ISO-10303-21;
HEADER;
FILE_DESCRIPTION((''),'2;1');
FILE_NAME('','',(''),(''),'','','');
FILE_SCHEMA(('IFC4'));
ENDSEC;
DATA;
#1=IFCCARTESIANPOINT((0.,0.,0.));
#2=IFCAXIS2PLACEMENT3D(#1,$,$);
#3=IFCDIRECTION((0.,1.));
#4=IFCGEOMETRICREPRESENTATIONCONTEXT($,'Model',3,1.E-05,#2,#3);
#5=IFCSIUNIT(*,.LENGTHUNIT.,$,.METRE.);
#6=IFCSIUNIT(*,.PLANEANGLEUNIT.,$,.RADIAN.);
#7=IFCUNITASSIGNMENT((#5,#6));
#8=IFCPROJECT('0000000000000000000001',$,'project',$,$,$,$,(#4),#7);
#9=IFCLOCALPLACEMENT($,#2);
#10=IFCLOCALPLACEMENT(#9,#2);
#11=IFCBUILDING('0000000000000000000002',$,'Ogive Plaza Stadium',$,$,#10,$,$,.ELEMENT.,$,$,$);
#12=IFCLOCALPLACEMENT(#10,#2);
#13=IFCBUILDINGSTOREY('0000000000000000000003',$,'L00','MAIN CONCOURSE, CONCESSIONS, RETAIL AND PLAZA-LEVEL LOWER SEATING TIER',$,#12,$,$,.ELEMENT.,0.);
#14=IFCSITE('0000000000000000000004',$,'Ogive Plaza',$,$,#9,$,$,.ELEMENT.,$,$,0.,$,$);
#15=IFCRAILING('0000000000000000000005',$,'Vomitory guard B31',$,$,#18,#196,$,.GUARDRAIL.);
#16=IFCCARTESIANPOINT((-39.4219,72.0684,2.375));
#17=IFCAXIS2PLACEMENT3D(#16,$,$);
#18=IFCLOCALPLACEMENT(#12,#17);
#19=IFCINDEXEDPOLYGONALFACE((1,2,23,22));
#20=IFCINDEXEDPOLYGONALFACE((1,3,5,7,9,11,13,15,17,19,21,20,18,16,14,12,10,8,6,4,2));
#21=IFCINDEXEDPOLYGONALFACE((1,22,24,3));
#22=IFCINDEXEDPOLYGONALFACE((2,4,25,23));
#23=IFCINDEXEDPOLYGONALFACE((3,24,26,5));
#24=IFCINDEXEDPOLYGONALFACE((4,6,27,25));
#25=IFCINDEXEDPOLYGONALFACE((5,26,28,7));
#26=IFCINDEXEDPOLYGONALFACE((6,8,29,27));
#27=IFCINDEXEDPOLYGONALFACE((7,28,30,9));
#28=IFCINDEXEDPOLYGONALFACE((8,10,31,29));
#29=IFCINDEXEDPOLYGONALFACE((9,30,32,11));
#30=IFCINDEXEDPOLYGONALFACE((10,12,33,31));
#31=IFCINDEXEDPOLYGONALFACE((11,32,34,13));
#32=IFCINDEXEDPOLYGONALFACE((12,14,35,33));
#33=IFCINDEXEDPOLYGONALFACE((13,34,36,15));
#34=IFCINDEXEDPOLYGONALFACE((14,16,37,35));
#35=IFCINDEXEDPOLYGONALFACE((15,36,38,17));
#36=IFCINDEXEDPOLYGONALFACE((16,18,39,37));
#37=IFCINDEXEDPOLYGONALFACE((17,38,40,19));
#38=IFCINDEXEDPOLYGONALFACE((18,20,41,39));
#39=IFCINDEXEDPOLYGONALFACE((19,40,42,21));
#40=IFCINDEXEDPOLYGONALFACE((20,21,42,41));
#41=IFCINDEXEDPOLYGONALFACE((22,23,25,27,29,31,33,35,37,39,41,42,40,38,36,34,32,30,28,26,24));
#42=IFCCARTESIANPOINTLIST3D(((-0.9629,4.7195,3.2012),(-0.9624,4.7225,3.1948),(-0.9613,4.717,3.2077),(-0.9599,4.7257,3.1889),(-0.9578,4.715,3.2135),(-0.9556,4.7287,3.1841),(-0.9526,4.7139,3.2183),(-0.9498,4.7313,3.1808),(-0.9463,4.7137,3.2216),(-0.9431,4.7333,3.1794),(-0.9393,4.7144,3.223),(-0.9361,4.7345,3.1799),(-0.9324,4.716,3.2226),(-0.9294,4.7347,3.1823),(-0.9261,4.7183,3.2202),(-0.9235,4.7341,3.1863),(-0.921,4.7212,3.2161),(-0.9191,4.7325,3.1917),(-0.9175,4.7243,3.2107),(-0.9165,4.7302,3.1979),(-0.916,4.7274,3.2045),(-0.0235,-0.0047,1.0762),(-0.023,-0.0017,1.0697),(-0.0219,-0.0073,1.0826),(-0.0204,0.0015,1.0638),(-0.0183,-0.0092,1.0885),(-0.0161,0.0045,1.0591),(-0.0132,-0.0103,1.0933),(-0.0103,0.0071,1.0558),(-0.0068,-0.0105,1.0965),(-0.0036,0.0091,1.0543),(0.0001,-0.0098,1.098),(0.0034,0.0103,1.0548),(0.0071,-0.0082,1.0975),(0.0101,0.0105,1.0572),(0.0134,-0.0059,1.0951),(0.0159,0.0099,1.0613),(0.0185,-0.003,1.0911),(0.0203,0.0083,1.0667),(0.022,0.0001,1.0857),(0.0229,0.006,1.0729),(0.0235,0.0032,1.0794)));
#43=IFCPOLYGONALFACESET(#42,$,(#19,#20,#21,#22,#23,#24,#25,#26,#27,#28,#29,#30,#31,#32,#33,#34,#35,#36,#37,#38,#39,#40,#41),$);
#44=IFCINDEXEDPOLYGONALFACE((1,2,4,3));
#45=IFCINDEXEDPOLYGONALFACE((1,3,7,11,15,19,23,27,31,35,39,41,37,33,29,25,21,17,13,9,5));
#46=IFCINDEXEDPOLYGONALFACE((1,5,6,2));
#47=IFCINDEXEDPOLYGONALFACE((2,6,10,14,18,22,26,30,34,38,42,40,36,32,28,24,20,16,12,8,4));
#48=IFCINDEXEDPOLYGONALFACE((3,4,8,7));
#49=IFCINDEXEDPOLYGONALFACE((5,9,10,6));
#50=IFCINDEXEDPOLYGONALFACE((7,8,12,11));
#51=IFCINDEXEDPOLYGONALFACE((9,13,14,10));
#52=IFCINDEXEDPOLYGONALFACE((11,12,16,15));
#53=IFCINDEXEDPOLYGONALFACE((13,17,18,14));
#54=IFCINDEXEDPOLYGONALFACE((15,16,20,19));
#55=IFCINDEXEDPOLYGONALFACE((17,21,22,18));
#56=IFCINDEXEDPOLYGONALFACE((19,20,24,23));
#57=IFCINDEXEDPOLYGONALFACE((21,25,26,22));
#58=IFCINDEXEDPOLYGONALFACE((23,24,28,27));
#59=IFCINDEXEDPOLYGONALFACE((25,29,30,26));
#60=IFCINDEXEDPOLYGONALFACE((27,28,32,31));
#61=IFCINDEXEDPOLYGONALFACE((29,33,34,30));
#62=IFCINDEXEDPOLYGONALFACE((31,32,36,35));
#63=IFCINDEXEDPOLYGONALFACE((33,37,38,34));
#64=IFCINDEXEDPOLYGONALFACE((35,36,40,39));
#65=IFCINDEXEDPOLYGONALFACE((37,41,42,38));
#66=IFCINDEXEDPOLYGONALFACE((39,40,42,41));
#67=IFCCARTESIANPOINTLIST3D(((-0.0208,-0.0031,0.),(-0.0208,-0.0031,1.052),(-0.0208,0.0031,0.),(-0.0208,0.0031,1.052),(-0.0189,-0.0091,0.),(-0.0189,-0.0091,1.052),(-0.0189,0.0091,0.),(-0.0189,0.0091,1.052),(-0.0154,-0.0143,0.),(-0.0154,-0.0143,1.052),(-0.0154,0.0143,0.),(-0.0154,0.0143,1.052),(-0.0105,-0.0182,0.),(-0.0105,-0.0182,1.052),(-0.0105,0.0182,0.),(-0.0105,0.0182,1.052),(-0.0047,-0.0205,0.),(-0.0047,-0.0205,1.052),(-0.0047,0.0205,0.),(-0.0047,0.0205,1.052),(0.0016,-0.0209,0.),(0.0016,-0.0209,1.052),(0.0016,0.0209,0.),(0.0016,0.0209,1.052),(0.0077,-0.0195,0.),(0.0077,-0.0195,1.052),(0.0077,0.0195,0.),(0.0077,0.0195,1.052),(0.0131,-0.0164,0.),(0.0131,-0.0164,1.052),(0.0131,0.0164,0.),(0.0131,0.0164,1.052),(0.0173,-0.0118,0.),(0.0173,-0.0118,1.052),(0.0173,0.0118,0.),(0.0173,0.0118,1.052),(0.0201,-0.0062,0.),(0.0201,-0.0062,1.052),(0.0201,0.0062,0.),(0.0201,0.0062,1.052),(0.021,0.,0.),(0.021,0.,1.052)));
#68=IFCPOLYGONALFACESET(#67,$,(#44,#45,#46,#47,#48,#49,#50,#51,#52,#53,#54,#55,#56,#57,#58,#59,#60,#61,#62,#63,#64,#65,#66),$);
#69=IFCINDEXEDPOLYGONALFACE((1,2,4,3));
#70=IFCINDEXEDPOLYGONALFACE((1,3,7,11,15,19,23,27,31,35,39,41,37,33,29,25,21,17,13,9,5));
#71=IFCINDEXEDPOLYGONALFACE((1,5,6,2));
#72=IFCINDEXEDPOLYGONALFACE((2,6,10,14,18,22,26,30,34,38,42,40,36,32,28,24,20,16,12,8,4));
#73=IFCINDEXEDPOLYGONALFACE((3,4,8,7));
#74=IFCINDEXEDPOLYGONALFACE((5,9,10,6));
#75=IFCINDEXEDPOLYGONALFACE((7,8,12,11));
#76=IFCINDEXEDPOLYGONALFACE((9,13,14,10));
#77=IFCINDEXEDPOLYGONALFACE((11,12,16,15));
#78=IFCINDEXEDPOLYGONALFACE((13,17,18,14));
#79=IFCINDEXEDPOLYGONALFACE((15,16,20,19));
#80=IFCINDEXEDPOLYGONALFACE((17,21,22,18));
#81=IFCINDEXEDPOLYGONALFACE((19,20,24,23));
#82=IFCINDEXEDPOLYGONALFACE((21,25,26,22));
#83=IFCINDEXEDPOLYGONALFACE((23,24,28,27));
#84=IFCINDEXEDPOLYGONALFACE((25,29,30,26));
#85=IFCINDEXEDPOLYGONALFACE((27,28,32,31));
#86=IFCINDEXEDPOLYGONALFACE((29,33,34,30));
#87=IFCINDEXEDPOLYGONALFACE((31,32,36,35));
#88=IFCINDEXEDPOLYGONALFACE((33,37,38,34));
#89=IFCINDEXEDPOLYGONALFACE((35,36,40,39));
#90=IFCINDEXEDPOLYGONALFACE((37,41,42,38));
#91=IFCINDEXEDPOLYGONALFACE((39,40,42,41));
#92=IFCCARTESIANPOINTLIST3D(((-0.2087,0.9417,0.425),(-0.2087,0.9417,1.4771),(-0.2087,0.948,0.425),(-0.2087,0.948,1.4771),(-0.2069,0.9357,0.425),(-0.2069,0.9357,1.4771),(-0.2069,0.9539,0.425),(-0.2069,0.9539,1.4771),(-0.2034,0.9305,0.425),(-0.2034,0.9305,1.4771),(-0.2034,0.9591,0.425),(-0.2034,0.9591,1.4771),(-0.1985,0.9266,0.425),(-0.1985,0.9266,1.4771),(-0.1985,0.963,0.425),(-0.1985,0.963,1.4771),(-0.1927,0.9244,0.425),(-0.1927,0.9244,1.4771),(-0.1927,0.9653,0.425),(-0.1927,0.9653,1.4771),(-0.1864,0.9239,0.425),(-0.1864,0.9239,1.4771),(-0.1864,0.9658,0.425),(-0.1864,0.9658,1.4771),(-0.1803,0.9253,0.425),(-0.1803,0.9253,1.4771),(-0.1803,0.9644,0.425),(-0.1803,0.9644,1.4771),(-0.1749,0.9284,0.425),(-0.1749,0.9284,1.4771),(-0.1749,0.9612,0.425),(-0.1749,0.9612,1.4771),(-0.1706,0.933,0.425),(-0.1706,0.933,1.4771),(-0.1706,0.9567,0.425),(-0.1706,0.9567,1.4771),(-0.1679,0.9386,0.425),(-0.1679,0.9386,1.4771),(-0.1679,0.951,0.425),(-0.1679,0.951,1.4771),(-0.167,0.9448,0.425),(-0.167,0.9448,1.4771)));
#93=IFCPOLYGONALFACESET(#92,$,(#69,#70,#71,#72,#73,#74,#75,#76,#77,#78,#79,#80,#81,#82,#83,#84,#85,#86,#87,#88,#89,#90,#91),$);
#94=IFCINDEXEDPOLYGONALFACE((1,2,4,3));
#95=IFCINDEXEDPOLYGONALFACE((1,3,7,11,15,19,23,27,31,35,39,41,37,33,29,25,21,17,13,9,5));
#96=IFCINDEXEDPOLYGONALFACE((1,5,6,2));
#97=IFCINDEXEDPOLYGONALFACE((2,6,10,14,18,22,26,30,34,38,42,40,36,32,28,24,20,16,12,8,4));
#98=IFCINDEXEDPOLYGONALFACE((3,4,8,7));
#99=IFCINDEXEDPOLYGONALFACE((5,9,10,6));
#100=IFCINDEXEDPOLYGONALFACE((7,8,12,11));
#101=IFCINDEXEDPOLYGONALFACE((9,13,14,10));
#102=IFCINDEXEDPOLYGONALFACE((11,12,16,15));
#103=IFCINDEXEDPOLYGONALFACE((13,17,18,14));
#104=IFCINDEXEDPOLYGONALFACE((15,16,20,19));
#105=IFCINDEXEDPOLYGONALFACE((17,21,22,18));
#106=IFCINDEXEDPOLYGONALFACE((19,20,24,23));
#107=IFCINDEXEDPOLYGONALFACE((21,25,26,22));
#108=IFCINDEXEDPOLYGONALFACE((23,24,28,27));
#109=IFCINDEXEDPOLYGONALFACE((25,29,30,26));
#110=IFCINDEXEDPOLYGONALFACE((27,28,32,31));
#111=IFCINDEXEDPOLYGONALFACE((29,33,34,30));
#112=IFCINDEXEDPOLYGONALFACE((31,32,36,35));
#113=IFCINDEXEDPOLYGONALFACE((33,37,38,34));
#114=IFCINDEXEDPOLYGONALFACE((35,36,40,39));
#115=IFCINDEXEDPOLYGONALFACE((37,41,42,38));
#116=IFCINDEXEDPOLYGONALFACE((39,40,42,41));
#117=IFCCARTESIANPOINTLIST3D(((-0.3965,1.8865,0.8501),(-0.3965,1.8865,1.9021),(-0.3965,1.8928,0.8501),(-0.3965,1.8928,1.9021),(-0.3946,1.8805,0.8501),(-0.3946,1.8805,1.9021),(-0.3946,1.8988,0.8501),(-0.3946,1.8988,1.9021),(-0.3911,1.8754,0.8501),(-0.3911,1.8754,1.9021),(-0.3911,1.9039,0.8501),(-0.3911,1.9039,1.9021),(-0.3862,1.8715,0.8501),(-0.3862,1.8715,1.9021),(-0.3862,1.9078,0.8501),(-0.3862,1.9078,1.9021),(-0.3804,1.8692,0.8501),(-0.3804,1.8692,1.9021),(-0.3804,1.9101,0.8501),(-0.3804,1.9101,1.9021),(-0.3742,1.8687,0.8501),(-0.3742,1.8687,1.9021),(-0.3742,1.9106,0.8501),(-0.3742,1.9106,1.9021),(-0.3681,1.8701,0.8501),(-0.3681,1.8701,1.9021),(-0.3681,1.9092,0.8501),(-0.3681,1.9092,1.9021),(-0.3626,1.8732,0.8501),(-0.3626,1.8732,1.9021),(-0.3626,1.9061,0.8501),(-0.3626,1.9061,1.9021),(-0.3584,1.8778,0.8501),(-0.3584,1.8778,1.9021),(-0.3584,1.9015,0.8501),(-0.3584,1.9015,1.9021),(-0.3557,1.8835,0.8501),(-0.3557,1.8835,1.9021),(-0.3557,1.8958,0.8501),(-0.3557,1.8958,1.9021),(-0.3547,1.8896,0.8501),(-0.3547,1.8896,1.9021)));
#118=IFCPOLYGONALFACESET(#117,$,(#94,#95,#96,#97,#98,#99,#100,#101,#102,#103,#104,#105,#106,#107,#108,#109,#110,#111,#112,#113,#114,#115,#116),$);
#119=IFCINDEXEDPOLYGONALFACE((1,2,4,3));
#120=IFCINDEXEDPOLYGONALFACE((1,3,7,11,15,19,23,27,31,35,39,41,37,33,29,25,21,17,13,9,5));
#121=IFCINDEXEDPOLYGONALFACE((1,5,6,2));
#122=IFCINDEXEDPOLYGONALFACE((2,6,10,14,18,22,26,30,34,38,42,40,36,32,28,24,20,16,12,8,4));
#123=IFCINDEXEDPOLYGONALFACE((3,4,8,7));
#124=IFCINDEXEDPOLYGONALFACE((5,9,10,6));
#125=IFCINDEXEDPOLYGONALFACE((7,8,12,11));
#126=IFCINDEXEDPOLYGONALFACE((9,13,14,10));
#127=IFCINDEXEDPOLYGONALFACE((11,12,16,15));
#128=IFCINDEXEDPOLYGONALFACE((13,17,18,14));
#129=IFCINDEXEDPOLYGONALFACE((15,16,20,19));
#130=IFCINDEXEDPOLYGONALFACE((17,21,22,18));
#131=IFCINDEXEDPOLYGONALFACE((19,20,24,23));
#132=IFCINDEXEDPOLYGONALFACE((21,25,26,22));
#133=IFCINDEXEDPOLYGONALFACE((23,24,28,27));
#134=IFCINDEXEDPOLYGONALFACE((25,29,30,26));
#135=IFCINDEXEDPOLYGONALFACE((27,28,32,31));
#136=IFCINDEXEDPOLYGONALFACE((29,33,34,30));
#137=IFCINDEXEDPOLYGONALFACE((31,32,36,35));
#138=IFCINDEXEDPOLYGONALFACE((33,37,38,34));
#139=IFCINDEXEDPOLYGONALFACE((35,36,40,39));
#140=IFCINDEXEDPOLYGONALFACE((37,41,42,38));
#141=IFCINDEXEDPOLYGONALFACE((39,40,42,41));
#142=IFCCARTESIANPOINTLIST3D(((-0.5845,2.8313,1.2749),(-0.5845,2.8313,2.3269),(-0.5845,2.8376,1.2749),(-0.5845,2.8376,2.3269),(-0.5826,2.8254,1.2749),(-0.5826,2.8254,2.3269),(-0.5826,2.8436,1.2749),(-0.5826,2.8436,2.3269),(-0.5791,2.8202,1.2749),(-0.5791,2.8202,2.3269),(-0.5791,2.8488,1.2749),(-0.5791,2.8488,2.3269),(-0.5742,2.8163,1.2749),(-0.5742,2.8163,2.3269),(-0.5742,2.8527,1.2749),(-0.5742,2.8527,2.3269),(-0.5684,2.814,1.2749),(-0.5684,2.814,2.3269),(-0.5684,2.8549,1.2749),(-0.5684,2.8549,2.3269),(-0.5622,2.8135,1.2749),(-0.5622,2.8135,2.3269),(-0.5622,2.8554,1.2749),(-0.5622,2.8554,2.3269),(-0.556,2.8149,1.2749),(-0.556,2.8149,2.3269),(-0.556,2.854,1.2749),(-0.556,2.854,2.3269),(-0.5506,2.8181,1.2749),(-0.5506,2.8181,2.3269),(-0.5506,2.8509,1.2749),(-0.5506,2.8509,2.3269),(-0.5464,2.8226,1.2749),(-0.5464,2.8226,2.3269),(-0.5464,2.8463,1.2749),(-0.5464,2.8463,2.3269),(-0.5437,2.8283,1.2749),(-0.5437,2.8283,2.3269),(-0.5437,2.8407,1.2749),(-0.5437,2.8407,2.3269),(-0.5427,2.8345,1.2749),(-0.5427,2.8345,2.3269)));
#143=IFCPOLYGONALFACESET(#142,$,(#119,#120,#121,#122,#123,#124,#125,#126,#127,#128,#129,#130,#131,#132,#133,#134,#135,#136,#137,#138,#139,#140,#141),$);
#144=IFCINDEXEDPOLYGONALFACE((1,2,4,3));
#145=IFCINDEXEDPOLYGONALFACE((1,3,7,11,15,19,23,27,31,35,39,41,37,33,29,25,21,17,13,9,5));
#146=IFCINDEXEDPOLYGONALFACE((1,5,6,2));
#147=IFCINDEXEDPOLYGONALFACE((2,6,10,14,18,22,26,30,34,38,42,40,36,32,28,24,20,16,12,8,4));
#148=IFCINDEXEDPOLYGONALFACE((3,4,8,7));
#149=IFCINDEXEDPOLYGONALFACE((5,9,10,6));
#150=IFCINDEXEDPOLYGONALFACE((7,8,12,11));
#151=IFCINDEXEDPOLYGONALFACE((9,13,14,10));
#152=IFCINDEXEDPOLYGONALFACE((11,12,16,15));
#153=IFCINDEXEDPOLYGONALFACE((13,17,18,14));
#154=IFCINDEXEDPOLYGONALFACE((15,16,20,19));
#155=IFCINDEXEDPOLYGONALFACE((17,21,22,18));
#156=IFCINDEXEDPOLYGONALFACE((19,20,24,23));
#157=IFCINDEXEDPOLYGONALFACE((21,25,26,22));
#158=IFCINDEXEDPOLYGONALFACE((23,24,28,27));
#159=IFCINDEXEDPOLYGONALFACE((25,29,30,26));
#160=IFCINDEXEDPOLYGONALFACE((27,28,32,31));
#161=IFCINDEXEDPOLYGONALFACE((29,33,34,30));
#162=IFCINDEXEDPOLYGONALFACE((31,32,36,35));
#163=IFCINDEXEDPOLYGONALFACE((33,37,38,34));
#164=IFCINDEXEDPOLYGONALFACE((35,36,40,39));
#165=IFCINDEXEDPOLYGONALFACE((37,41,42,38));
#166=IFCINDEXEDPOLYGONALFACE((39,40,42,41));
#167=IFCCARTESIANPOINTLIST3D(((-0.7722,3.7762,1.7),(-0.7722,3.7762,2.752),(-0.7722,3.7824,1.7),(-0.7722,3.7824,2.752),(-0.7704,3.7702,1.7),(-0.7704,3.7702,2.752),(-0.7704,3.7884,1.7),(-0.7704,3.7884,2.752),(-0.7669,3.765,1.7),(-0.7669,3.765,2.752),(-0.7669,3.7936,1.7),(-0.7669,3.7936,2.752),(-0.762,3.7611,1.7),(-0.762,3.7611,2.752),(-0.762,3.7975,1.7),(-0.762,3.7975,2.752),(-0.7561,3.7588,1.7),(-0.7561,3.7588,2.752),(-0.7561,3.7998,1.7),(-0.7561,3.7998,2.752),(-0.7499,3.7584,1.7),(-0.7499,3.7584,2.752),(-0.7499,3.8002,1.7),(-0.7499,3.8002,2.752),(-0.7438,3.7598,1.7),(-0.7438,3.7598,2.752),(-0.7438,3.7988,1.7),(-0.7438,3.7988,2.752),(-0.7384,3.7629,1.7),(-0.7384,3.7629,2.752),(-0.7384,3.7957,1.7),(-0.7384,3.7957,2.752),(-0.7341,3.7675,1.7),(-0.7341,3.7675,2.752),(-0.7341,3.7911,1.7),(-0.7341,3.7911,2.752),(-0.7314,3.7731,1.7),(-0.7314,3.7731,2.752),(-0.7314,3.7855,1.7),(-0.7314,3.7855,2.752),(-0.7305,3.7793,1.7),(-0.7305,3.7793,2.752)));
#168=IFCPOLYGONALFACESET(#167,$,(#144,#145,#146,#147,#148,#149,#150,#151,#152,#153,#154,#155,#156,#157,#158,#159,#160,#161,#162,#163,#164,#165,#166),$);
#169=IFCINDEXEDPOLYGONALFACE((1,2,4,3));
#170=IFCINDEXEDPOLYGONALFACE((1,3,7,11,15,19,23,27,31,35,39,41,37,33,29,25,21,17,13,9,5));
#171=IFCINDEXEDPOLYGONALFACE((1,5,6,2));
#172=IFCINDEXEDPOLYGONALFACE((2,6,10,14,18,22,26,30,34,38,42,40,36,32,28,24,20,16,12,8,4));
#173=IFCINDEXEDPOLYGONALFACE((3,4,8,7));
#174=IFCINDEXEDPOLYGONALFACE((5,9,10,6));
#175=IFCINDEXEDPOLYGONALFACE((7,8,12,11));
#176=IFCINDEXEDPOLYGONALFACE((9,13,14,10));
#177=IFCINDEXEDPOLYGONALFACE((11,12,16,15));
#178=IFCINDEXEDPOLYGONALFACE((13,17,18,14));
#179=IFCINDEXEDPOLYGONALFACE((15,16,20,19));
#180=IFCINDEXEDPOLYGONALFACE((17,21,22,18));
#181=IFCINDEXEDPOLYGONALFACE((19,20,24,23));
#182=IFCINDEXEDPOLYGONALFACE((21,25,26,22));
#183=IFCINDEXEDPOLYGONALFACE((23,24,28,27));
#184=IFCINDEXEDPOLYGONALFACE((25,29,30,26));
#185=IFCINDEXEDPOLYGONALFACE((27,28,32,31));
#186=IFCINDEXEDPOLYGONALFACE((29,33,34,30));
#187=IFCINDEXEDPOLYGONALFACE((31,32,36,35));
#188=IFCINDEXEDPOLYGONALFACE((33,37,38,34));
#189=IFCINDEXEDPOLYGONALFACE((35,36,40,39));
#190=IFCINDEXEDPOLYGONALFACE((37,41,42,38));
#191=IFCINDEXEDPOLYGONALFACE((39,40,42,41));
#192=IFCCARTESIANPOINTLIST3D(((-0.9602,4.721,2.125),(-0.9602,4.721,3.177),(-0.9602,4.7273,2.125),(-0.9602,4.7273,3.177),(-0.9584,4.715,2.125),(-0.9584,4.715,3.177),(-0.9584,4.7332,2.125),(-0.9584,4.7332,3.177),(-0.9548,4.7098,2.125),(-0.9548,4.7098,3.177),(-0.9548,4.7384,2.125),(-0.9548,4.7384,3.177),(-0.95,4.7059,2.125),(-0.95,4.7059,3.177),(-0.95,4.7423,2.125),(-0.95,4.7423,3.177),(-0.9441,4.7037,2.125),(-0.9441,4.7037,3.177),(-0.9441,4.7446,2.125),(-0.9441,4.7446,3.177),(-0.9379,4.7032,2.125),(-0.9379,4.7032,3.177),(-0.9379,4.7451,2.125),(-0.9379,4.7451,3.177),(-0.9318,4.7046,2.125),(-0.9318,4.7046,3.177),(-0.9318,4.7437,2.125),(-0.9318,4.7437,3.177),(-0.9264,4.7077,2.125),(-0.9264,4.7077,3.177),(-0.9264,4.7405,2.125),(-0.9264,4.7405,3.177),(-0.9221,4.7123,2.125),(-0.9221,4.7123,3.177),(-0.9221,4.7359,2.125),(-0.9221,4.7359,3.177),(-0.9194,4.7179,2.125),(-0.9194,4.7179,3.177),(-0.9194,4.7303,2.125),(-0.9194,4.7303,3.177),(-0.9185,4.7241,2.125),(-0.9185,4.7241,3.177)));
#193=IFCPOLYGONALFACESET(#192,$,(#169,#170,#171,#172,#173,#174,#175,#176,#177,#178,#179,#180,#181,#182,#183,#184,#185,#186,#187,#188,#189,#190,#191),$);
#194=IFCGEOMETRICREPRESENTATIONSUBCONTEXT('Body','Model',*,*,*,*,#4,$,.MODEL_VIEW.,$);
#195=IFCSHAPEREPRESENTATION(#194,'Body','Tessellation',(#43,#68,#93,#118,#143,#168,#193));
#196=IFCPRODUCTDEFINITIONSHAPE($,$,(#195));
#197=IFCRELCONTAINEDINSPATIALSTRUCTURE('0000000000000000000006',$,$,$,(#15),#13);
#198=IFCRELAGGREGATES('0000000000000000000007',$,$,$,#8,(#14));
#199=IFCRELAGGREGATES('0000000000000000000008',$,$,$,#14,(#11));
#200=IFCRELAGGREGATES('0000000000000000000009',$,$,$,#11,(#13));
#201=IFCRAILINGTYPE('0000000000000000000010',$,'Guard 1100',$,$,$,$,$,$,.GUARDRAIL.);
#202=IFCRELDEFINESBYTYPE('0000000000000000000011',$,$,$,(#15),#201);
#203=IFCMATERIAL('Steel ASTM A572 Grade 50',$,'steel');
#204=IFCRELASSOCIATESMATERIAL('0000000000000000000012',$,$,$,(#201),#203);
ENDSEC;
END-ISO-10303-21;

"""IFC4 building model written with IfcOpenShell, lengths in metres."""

from ifc_helpers import new_model, si_unit, direction, frame, origin, origin_2d, place, context, subcontext, project, spatial, circle, extrude, material, type_object, element, save


model = new_model("IFC4")

# Units and contexts
model_context = context("Model", 3, precision=1e-05, world=origin(), true_north=direction((0.0, 1.0)))
body_context = subcontext(model_context, "Body", "Model", "MODEL_VIEW")
ifc_project = project(units=[si_unit("LENGTHUNIT", "METRE"), si_unit("PLANEANGLEUNIT", "RADIAN")], contexts=[model_context])

# Site, building, storey
site_placement = place(None, origin())
site = spatial("IfcSite", under=ifc_project, at=site_placement, Name="Ogive Plaza", CompositionType="ELEMENT", RefElevation=0.0)
building_placement = place(site_placement, origin())
building = spatial("IfcBuilding", under=site, at=building_placement, Name="Ogive Plaza Stadium", CompositionType="ELEMENT")
storey_placement = place(building_placement, origin())
storey = spatial("IfcBuildingStorey", under=building, at=storey_placement, Name="L00", Description="MAIN CONCOURSE, CONCESSIONS, RETAIL AND PLAZA-LEVEL LOWER SEATING TIER", CompositionType="ELEMENT", Elevation=0.0)

# Railing
ifc_material_1 = material(Name="Steel ASTM A572 Grade 50", Category="steel")
railing_type = type_object("IfcRailingType", Name="Guard 1100", PredefinedType="GUARDRAIL", material=ifc_material_1)
railing_placement = place(storey_placement, frame((-39.4219, 72.0684, 2.375)))
element("IfcRailing", 1, at=railing_placement, inside=storey, type_object=railing_type, Name="Vomitory guard B31", PredefinedType="GUARDRAIL", context=body_context, shape_type="SweptSolid", body=[
    extrude(circle(Radius=0.0239, at=origin_2d()), frame((0.0, 0.0, 1.0762), z_axis=(-0.178449, 0.897345, 0.403643), x_axis=(-0.980795, -0.195044, 0.0)), (0.0, 0.0, 1.0), 5.2646),
    extrude(circle(Radius=0.021, at=origin_2d()), origin(), (0.0, 0.0, 1.0), 1.052),
    extrude(circle(Radius=0.021, at=origin_2d()), frame((-0.188, 0.9448, 0.425)), (0.0, 0.0, 1.0), 1.052),
    extrude(circle(Radius=0.021, at=origin_2d()), frame((-0.3757, 1.8896, 0.8501)), (0.0, 0.0, 1.0), 1.052),
    extrude(circle(Radius=0.021, at=origin_2d()), frame((-0.5637, 2.8345, 1.2749)), (0.0, 0.0, 1.0), 1.052),
    extrude(circle(Radius=0.021, at=origin_2d()), frame((-0.7515, 3.7793, 1.7)), (0.0, 0.0, 1.0), 1.052),
    extrude(circle(Radius=0.021, at=origin_2d()), frame((-0.9395, 4.7241, 2.125)), (0.0, 0.0, 1.0), 1.052),
])

save(model, "model.ifc")
